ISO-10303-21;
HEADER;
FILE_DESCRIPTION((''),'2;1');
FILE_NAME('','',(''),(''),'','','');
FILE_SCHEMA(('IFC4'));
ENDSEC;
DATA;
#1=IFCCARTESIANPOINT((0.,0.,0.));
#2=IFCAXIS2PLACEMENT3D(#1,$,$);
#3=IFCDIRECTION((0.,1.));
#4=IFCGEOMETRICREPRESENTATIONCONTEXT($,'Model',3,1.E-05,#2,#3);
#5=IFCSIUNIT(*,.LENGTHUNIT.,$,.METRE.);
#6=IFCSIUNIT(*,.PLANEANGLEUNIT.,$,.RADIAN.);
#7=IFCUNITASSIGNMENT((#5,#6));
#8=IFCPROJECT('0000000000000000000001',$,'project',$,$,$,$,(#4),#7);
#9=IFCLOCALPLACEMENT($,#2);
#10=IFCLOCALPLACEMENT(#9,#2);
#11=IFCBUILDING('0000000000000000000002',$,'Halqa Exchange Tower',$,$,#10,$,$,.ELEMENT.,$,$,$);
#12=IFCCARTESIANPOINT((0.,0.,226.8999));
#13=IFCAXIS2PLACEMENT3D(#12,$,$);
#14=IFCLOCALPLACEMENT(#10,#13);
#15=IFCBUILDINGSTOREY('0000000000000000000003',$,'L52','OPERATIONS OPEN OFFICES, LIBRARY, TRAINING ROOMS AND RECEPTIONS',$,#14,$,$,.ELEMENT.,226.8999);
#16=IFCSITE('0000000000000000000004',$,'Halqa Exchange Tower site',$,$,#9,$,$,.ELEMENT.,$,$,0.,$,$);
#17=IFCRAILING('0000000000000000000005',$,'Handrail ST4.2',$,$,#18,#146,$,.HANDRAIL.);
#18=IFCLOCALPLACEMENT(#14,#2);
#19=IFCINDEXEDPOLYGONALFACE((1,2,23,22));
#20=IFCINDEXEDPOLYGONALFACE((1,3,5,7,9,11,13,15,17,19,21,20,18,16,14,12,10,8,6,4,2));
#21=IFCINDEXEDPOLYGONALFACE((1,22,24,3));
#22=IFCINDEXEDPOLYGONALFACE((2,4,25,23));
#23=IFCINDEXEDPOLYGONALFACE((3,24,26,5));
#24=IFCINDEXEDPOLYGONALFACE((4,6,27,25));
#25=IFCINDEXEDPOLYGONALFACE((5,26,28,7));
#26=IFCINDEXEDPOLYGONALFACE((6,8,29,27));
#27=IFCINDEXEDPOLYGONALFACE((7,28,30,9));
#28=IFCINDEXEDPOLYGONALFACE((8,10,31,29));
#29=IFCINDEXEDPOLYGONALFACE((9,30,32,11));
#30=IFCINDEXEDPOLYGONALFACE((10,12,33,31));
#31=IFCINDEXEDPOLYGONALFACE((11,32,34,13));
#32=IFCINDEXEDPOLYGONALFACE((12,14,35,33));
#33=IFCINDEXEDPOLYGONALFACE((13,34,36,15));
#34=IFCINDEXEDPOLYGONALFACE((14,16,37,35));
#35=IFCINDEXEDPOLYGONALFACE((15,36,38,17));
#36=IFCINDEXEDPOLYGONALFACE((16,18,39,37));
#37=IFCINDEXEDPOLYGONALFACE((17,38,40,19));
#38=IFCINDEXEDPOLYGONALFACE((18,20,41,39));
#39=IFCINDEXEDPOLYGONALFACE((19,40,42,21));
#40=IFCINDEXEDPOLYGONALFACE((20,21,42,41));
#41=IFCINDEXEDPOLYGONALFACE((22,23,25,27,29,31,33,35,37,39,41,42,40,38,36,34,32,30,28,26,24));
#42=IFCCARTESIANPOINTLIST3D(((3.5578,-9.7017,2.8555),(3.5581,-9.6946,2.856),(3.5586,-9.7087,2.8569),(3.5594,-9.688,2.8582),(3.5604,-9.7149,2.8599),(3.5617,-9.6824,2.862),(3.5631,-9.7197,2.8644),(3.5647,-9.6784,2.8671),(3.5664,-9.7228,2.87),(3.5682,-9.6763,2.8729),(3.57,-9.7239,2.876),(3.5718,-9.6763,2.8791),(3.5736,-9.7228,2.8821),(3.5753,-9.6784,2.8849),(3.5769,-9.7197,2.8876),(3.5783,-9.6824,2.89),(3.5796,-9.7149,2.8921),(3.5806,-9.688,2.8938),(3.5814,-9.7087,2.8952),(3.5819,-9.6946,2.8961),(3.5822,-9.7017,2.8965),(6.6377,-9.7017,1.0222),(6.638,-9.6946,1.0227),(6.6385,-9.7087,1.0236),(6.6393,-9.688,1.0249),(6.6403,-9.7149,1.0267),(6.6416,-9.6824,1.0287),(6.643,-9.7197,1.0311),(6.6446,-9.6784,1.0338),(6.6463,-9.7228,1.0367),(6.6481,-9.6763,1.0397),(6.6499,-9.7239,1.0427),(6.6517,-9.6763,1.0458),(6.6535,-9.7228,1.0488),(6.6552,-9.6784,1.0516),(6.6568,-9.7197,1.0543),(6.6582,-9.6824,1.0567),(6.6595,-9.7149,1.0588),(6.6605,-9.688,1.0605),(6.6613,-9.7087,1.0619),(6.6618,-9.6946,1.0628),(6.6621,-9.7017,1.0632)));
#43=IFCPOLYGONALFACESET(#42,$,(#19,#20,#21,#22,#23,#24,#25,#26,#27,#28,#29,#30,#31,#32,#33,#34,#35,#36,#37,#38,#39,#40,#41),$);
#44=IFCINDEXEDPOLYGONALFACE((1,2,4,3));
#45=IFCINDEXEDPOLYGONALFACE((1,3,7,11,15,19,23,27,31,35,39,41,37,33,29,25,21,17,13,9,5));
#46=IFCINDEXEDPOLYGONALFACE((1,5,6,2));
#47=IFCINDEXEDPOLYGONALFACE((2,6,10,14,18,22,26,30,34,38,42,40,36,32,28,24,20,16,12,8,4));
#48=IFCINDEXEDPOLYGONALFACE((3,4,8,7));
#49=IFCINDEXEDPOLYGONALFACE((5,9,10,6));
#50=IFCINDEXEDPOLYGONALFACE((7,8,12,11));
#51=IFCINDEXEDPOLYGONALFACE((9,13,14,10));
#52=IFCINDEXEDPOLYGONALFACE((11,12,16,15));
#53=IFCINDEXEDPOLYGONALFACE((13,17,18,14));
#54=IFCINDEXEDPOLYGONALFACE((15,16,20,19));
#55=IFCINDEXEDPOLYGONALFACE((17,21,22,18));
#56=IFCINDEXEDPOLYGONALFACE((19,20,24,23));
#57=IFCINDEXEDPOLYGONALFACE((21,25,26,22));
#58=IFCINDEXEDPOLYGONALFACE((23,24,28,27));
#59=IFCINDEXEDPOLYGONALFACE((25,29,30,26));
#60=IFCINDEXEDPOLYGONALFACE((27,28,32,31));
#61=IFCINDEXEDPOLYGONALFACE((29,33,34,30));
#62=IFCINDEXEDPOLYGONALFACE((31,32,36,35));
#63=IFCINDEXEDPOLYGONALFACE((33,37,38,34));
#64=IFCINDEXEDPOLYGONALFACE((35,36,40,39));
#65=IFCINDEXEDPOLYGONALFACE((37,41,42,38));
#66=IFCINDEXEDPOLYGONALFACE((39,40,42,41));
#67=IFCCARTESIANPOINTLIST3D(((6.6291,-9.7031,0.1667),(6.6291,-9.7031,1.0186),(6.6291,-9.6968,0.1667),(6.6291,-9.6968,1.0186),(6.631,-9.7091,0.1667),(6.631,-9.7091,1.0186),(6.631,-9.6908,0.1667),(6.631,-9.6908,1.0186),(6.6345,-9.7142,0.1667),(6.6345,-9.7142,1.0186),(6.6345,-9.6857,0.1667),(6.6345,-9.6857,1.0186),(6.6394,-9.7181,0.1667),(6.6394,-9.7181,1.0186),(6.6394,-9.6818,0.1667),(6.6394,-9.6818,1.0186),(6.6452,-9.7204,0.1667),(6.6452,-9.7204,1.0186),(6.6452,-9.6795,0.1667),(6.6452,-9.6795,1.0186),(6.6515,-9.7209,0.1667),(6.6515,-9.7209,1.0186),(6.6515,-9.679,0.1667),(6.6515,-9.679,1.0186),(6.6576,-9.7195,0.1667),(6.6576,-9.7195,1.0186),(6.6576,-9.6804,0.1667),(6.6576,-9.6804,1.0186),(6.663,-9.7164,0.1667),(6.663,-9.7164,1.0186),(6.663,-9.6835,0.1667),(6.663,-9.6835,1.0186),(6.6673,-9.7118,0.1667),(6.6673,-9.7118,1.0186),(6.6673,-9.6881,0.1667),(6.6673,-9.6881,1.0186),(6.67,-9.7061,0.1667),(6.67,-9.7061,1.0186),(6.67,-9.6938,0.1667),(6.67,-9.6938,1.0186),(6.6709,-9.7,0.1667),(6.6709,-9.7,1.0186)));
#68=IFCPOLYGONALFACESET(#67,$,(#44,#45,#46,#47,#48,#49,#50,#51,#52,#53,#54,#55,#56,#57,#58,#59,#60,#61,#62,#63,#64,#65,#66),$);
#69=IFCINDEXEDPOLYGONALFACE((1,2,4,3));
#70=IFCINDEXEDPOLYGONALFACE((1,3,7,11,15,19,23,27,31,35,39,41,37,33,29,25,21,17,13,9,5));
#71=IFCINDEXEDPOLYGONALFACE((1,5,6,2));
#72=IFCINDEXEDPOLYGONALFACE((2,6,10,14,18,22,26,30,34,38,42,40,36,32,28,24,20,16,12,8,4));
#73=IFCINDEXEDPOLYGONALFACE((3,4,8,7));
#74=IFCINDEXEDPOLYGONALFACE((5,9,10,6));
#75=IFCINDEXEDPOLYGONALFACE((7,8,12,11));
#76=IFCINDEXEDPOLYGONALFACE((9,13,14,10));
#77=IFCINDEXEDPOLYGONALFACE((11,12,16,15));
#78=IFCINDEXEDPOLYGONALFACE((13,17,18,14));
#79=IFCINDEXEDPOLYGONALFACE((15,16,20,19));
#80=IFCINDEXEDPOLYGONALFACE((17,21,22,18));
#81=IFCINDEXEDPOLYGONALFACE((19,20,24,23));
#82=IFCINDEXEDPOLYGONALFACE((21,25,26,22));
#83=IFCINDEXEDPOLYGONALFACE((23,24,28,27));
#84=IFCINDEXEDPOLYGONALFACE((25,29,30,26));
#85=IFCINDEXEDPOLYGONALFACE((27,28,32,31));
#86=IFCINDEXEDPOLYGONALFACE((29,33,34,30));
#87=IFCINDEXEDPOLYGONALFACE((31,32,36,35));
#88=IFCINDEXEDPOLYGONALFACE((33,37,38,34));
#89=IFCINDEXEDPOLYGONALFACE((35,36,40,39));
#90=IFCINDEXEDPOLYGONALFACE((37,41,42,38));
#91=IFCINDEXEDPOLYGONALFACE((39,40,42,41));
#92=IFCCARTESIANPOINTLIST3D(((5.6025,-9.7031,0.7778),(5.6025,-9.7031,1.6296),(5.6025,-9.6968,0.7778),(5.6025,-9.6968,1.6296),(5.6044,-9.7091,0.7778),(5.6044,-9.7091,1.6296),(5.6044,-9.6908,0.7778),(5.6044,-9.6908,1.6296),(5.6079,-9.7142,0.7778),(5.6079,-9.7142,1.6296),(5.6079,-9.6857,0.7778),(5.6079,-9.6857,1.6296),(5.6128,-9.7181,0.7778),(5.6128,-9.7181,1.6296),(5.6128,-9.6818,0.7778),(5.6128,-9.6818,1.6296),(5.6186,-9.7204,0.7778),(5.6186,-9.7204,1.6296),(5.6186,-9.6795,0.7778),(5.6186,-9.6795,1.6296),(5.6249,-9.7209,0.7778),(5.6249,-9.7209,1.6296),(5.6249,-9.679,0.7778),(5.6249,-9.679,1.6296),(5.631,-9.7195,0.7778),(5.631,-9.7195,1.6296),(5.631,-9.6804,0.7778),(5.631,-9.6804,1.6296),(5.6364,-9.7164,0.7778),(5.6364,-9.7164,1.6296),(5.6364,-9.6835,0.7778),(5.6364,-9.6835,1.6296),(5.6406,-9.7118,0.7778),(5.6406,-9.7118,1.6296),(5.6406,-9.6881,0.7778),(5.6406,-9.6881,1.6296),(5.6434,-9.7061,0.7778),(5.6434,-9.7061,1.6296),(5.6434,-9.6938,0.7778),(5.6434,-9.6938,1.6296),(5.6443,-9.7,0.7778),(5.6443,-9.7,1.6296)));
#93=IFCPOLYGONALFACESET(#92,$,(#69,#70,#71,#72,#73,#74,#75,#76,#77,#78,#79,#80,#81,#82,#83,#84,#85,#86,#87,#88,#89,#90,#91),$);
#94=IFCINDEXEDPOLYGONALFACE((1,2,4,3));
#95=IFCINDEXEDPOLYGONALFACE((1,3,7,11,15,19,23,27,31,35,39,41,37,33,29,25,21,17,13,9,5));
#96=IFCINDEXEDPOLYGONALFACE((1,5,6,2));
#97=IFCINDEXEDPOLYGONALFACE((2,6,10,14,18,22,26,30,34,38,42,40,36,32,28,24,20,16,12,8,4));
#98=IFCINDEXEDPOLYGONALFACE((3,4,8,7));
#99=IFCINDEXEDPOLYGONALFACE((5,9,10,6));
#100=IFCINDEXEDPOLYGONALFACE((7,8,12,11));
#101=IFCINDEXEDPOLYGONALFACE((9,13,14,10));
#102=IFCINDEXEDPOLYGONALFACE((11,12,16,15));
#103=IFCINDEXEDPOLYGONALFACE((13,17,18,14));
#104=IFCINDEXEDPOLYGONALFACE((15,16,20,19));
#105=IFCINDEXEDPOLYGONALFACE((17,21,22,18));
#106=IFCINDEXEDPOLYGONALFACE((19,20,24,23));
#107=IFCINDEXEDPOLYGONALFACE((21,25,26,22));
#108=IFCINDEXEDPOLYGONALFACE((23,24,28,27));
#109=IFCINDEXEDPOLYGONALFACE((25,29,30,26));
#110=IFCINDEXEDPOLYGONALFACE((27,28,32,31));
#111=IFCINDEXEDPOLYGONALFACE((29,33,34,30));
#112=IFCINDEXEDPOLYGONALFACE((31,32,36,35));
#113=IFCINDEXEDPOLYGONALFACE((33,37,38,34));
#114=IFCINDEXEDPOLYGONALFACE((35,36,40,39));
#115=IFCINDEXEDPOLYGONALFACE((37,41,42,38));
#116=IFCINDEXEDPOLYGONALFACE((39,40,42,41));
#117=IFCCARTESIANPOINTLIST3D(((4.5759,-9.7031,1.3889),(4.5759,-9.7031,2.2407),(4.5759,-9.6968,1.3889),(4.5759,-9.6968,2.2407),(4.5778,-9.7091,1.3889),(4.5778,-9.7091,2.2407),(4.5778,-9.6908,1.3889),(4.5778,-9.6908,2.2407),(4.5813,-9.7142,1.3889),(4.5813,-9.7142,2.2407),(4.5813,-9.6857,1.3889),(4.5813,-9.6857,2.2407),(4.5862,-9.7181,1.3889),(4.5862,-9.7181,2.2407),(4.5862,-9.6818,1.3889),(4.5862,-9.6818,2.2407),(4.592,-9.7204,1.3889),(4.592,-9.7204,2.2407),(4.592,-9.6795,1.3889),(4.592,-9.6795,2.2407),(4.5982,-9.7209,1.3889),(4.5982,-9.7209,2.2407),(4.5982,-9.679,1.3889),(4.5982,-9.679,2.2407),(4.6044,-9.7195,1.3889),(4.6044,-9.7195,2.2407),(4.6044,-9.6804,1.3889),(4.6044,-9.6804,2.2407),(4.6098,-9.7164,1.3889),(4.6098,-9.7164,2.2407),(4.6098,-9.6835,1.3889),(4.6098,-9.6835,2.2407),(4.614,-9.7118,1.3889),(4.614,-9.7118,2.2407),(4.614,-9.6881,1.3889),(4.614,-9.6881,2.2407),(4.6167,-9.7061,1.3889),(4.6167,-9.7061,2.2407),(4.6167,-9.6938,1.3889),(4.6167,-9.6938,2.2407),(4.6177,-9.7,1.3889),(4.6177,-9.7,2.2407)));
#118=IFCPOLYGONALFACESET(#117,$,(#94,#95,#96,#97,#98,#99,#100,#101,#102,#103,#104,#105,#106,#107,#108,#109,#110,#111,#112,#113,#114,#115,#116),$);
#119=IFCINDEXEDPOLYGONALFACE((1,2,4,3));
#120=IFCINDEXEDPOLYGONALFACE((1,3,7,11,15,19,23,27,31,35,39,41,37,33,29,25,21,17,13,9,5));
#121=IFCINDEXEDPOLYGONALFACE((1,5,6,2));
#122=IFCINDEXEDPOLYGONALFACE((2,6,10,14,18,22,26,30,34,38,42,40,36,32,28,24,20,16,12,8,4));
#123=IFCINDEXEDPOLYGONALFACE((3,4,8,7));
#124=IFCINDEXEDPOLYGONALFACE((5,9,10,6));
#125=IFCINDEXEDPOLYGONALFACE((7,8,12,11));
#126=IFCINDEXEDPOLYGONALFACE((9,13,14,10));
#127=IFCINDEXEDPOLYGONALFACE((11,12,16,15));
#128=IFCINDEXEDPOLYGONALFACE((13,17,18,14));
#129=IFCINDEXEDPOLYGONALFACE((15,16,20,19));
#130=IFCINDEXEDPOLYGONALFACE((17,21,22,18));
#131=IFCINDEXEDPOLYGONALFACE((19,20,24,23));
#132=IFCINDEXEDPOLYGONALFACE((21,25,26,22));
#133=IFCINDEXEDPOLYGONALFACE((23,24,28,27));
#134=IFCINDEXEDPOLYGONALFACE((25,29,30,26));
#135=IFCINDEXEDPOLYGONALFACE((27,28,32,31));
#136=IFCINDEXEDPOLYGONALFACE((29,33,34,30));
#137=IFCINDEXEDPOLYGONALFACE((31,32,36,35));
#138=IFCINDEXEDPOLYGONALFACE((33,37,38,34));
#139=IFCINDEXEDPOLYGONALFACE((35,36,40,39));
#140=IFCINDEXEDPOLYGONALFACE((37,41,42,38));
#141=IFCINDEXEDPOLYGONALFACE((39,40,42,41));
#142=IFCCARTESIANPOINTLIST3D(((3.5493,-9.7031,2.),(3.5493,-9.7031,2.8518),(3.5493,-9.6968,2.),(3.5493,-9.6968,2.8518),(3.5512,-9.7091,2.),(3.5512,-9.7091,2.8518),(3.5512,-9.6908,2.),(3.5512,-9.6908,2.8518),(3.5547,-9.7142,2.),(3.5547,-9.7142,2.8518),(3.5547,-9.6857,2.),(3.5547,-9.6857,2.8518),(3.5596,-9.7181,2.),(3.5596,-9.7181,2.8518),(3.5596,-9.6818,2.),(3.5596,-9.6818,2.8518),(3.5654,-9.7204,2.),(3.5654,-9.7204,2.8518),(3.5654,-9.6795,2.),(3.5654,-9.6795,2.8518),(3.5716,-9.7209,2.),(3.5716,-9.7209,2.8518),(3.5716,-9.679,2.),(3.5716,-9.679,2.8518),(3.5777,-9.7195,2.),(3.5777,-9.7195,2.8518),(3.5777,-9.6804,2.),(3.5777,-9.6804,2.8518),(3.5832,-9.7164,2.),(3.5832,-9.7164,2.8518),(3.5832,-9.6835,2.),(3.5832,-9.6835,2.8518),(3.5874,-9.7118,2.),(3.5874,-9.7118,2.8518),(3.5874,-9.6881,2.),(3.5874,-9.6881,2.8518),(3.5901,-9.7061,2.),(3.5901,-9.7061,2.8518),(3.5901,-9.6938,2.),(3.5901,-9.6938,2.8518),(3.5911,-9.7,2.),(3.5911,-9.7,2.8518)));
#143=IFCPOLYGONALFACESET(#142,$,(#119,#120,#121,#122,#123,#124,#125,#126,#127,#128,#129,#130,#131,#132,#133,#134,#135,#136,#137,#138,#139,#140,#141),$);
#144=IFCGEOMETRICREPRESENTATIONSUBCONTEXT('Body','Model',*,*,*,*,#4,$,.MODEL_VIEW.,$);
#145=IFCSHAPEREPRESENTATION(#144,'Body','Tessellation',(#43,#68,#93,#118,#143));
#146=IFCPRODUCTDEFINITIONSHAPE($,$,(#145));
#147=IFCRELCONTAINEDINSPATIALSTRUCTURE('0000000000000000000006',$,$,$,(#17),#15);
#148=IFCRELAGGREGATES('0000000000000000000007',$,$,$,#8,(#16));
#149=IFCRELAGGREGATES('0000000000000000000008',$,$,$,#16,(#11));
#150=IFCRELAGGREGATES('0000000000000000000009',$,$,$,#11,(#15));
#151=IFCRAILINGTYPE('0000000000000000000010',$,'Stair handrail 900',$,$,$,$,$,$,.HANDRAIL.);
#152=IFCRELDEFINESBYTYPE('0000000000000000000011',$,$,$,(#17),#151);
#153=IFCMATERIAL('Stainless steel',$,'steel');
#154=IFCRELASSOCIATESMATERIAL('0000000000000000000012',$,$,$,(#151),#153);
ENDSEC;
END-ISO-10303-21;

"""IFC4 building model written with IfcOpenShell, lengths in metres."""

from ifc_helpers import new_model, si_unit, direction, frame, origin, origin_2d, place, context, subcontext, project, spatial, circle, extrude, material, type_object, element, save


model = new_model("IFC4")

# Units and contexts
model_context = context("Model", 3, precision=1e-05, world=origin(), true_north=direction((0.0, 1.0)))
body_context = subcontext(model_context, "Body", "Model", "MODEL_VIEW")
ifc_project = project(units=[si_unit("LENGTHUNIT", "METRE"), si_unit("PLANEANGLEUNIT", "RADIAN")], contexts=[model_context])

# Site, building, storey
site_placement = place(None, origin())
site = spatial("IfcSite", under=ifc_project, at=site_placement, Name="Halqa Exchange Tower site", CompositionType="ELEMENT", RefElevation=0.0)
building_placement = place(site_placement, origin())
building = spatial("IfcBuilding", under=site, at=building_placement, Name="Halqa Exchange Tower", CompositionType="ELEMENT")
storey_placement = place(building_placement, frame((0.0, 0.0, 226.8999)))
storey = spatial("IfcBuildingStorey", under=building, at=storey_placement, Name="L52", Description="OPERATIONS OPEN OFFICES, LIBRARY, TRAINING ROOMS AND RECEPTIONS", CompositionType="ELEMENT", Elevation=226.8999)

# Railing
ifc_material_1 = material(Name="Stainless steel", Category="steel")
railing_type_1 = type_object("IfcRailingType", Name="Stair handrail 900", PredefinedType="HANDRAIL", material=ifc_material_1)
railing_1_placement = place(storey_placement, frame((6.6499, -9.7, 0.1667)))
element("IfcRailing", 1, at=railing_1_placement, inside=storey, type_object=railing_type_1, Name="Handrail ST4.2", PredefinedType="HANDRAIL", context=body_context, shape_type="SweptSolid", body=[
    extrude(circle(Radius=0.0239, at=origin_2d()), frame((0.0, 0.0, 0.876), z_axis=(-0.859291, 0.0, 0.511487), x_axis=(0.0, -1.0, 0.0)), (0.0, 0.0, 1.0), 3.5842),
    extrude(circle(Radius=0.021, at=origin_2d()), origin(), (0.0, 0.0, 1.0), 0.8518),
    extrude(circle(Radius=0.021, at=origin_2d()), frame((-1.0266, 0.0, 0.6111)), (0.0, 0.0, 1.0), 0.8518),
    extrude(circle(Radius=0.021, at=origin_2d()), frame((-2.0532, 0.0, 1.2222)), (0.0, 0.0, 1.0), 0.8518),
    extrude(circle(Radius=0.021, at=origin_2d()), frame((-3.0798, 0.0, 1.8333)), (0.0, 0.0, 1.0), 0.8518),
])

save(model, "model.ifc")
